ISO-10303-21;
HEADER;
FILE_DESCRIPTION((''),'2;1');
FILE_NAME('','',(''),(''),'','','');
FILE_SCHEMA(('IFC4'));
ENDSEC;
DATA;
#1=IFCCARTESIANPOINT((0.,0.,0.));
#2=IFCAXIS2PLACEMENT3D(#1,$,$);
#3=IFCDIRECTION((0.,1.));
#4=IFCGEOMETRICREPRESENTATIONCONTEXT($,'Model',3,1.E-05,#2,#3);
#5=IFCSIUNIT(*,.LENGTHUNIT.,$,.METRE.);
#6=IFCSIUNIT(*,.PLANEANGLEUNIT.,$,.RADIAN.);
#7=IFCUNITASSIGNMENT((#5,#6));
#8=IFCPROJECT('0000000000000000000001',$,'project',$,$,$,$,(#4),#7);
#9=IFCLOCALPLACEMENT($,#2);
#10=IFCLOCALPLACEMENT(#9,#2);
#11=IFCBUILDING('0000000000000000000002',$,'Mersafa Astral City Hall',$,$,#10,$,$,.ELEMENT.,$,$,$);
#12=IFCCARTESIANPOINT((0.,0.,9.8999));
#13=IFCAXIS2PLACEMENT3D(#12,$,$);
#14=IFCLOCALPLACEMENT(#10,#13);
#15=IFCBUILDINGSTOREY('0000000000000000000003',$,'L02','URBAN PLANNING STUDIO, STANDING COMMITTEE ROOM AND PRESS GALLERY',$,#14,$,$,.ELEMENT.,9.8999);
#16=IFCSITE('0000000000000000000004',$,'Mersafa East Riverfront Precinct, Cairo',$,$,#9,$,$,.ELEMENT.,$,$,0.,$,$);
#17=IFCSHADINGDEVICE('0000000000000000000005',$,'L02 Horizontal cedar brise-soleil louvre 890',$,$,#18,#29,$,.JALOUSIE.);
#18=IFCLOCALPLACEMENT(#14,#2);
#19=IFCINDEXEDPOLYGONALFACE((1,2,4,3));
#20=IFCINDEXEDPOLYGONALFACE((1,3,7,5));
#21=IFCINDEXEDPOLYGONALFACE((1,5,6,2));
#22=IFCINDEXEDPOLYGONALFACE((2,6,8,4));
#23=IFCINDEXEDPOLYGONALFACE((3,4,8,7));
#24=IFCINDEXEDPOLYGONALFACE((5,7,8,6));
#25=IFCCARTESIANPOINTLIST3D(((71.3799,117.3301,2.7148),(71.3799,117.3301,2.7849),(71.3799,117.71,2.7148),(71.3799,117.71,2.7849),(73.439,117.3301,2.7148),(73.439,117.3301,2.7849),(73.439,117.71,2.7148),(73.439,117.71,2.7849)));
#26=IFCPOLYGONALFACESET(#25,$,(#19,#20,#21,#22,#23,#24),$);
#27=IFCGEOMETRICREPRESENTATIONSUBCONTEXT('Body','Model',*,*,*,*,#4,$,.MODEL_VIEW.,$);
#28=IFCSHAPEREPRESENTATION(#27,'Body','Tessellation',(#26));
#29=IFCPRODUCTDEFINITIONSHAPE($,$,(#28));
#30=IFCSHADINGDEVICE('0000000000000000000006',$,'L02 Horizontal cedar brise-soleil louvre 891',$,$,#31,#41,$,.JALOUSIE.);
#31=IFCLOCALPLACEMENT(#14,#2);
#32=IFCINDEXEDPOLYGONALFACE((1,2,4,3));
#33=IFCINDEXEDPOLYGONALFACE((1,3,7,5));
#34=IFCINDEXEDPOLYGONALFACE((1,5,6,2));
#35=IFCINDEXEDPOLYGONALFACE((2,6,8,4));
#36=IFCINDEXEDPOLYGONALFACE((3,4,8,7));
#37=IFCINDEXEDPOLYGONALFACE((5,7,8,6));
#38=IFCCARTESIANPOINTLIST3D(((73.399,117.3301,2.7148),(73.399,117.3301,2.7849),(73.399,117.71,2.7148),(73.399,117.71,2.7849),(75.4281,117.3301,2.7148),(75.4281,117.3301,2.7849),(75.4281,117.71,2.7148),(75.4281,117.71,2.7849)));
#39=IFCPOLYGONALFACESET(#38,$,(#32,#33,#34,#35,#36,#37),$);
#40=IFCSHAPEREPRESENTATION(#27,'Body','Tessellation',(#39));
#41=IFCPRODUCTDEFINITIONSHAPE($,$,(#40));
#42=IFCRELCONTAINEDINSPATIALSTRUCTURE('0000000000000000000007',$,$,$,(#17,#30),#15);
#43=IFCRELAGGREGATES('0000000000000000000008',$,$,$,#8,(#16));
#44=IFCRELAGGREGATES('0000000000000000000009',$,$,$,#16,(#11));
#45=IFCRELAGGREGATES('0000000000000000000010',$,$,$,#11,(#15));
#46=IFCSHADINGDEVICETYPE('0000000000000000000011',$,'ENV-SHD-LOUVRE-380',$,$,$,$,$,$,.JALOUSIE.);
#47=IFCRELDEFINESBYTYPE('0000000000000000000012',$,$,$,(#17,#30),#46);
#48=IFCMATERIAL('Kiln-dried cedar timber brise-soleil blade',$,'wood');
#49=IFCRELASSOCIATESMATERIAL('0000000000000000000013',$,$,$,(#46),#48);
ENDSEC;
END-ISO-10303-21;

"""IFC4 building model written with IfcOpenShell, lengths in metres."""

from ifc_helpers import new_model, si_unit, direction, frame, origin, origin_2d, place, context, subcontext, project, spatial, rectangle, extrude, material, type_object, element, save


model = new_model("IFC4")

# Units and contexts
model_context = context("Model", 3, precision=1e-05, world=origin(), true_north=direction((0.0, 1.0)))
body_context = subcontext(model_context, "Body", "Model", "MODEL_VIEW")
ifc_project = project(units=[si_unit("LENGTHUNIT", "METRE"), si_unit("PLANEANGLEUNIT", "RADIAN")], contexts=[model_context])

# Site, building, storey
site_placement = place(None, origin())
site = spatial("IfcSite", under=ifc_project, at=site_placement, Name="Mersafa East Riverfront Precinct, Cairo", CompositionType="ELEMENT", RefElevation=0.0)
building_placement = place(site_placement, origin())
building = spatial("IfcBuilding", under=site, at=building_placement, Name="Mersafa Astral City Hall", CompositionType="ELEMENT")
storey_placement = place(building_placement, frame((0.0, 0.0, 9.8999)))
storey = spatial("IfcBuildingStorey", under=building, at=storey_placement, Name="L02", Description="URBAN PLANNING STUDIO, STANDING COMMITTEE ROOM AND PRESS GALLERY", CompositionType="ELEMENT", Elevation=9.8999)

# Shading devices
ifc_material_1 = material(Name="Kiln-dried cedar timber brise-soleil blade", Category="wood")
shading_device_type = type_object("IfcShadingDeviceType", Name="ENV-SHD-LOUVRE-380", PredefinedType="JALOUSIE", material=ifc_material_1)
for number, where, z_axis, x_axis, name in (
    (1, (72.4094, 117.52, 2.7148), (0.0, 0.0, 1.0), (1.0, 0.0, 0.0), "L02 Horizontal cedar brise-soleil louvre 890"),
):
    element("IfcShadingDevice", number, at=place(storey_placement, frame(where, z_axis=z_axis, x_axis=x_axis)), inside=storey, type_object=shading_device_type, Name=name, PredefinedType="JALOUSIE", context=body_context, shape_type="SweptSolid", body=[
        extrude(rectangle(XDim=2.0591, YDim=0.3799, at=origin_2d()), origin(), (0.0, 0.0, 1.0), 0.0701),
    ])
shading_device_1_placement = place(storey_placement, frame((74.4136, 117.52, 2.7148), z_axis=(0.0, 0.0, 1.0), x_axis=(1.0, 0.0, 0.0)))
element("IfcShadingDevice", 2, at=shading_device_1_placement, inside=storey, type_object=shading_device_type, Name="L02 Horizontal cedar brise-soleil louvre 891", PredefinedType="JALOUSIE", context=body_context, shape_type="SweptSolid", body=[
    extrude(rectangle(XDim=2.0291, YDim=0.3799, at=origin_2d()), origin(), (0.0, 0.0, 1.0), 0.0701),
])

save(model, "model.ifc")
